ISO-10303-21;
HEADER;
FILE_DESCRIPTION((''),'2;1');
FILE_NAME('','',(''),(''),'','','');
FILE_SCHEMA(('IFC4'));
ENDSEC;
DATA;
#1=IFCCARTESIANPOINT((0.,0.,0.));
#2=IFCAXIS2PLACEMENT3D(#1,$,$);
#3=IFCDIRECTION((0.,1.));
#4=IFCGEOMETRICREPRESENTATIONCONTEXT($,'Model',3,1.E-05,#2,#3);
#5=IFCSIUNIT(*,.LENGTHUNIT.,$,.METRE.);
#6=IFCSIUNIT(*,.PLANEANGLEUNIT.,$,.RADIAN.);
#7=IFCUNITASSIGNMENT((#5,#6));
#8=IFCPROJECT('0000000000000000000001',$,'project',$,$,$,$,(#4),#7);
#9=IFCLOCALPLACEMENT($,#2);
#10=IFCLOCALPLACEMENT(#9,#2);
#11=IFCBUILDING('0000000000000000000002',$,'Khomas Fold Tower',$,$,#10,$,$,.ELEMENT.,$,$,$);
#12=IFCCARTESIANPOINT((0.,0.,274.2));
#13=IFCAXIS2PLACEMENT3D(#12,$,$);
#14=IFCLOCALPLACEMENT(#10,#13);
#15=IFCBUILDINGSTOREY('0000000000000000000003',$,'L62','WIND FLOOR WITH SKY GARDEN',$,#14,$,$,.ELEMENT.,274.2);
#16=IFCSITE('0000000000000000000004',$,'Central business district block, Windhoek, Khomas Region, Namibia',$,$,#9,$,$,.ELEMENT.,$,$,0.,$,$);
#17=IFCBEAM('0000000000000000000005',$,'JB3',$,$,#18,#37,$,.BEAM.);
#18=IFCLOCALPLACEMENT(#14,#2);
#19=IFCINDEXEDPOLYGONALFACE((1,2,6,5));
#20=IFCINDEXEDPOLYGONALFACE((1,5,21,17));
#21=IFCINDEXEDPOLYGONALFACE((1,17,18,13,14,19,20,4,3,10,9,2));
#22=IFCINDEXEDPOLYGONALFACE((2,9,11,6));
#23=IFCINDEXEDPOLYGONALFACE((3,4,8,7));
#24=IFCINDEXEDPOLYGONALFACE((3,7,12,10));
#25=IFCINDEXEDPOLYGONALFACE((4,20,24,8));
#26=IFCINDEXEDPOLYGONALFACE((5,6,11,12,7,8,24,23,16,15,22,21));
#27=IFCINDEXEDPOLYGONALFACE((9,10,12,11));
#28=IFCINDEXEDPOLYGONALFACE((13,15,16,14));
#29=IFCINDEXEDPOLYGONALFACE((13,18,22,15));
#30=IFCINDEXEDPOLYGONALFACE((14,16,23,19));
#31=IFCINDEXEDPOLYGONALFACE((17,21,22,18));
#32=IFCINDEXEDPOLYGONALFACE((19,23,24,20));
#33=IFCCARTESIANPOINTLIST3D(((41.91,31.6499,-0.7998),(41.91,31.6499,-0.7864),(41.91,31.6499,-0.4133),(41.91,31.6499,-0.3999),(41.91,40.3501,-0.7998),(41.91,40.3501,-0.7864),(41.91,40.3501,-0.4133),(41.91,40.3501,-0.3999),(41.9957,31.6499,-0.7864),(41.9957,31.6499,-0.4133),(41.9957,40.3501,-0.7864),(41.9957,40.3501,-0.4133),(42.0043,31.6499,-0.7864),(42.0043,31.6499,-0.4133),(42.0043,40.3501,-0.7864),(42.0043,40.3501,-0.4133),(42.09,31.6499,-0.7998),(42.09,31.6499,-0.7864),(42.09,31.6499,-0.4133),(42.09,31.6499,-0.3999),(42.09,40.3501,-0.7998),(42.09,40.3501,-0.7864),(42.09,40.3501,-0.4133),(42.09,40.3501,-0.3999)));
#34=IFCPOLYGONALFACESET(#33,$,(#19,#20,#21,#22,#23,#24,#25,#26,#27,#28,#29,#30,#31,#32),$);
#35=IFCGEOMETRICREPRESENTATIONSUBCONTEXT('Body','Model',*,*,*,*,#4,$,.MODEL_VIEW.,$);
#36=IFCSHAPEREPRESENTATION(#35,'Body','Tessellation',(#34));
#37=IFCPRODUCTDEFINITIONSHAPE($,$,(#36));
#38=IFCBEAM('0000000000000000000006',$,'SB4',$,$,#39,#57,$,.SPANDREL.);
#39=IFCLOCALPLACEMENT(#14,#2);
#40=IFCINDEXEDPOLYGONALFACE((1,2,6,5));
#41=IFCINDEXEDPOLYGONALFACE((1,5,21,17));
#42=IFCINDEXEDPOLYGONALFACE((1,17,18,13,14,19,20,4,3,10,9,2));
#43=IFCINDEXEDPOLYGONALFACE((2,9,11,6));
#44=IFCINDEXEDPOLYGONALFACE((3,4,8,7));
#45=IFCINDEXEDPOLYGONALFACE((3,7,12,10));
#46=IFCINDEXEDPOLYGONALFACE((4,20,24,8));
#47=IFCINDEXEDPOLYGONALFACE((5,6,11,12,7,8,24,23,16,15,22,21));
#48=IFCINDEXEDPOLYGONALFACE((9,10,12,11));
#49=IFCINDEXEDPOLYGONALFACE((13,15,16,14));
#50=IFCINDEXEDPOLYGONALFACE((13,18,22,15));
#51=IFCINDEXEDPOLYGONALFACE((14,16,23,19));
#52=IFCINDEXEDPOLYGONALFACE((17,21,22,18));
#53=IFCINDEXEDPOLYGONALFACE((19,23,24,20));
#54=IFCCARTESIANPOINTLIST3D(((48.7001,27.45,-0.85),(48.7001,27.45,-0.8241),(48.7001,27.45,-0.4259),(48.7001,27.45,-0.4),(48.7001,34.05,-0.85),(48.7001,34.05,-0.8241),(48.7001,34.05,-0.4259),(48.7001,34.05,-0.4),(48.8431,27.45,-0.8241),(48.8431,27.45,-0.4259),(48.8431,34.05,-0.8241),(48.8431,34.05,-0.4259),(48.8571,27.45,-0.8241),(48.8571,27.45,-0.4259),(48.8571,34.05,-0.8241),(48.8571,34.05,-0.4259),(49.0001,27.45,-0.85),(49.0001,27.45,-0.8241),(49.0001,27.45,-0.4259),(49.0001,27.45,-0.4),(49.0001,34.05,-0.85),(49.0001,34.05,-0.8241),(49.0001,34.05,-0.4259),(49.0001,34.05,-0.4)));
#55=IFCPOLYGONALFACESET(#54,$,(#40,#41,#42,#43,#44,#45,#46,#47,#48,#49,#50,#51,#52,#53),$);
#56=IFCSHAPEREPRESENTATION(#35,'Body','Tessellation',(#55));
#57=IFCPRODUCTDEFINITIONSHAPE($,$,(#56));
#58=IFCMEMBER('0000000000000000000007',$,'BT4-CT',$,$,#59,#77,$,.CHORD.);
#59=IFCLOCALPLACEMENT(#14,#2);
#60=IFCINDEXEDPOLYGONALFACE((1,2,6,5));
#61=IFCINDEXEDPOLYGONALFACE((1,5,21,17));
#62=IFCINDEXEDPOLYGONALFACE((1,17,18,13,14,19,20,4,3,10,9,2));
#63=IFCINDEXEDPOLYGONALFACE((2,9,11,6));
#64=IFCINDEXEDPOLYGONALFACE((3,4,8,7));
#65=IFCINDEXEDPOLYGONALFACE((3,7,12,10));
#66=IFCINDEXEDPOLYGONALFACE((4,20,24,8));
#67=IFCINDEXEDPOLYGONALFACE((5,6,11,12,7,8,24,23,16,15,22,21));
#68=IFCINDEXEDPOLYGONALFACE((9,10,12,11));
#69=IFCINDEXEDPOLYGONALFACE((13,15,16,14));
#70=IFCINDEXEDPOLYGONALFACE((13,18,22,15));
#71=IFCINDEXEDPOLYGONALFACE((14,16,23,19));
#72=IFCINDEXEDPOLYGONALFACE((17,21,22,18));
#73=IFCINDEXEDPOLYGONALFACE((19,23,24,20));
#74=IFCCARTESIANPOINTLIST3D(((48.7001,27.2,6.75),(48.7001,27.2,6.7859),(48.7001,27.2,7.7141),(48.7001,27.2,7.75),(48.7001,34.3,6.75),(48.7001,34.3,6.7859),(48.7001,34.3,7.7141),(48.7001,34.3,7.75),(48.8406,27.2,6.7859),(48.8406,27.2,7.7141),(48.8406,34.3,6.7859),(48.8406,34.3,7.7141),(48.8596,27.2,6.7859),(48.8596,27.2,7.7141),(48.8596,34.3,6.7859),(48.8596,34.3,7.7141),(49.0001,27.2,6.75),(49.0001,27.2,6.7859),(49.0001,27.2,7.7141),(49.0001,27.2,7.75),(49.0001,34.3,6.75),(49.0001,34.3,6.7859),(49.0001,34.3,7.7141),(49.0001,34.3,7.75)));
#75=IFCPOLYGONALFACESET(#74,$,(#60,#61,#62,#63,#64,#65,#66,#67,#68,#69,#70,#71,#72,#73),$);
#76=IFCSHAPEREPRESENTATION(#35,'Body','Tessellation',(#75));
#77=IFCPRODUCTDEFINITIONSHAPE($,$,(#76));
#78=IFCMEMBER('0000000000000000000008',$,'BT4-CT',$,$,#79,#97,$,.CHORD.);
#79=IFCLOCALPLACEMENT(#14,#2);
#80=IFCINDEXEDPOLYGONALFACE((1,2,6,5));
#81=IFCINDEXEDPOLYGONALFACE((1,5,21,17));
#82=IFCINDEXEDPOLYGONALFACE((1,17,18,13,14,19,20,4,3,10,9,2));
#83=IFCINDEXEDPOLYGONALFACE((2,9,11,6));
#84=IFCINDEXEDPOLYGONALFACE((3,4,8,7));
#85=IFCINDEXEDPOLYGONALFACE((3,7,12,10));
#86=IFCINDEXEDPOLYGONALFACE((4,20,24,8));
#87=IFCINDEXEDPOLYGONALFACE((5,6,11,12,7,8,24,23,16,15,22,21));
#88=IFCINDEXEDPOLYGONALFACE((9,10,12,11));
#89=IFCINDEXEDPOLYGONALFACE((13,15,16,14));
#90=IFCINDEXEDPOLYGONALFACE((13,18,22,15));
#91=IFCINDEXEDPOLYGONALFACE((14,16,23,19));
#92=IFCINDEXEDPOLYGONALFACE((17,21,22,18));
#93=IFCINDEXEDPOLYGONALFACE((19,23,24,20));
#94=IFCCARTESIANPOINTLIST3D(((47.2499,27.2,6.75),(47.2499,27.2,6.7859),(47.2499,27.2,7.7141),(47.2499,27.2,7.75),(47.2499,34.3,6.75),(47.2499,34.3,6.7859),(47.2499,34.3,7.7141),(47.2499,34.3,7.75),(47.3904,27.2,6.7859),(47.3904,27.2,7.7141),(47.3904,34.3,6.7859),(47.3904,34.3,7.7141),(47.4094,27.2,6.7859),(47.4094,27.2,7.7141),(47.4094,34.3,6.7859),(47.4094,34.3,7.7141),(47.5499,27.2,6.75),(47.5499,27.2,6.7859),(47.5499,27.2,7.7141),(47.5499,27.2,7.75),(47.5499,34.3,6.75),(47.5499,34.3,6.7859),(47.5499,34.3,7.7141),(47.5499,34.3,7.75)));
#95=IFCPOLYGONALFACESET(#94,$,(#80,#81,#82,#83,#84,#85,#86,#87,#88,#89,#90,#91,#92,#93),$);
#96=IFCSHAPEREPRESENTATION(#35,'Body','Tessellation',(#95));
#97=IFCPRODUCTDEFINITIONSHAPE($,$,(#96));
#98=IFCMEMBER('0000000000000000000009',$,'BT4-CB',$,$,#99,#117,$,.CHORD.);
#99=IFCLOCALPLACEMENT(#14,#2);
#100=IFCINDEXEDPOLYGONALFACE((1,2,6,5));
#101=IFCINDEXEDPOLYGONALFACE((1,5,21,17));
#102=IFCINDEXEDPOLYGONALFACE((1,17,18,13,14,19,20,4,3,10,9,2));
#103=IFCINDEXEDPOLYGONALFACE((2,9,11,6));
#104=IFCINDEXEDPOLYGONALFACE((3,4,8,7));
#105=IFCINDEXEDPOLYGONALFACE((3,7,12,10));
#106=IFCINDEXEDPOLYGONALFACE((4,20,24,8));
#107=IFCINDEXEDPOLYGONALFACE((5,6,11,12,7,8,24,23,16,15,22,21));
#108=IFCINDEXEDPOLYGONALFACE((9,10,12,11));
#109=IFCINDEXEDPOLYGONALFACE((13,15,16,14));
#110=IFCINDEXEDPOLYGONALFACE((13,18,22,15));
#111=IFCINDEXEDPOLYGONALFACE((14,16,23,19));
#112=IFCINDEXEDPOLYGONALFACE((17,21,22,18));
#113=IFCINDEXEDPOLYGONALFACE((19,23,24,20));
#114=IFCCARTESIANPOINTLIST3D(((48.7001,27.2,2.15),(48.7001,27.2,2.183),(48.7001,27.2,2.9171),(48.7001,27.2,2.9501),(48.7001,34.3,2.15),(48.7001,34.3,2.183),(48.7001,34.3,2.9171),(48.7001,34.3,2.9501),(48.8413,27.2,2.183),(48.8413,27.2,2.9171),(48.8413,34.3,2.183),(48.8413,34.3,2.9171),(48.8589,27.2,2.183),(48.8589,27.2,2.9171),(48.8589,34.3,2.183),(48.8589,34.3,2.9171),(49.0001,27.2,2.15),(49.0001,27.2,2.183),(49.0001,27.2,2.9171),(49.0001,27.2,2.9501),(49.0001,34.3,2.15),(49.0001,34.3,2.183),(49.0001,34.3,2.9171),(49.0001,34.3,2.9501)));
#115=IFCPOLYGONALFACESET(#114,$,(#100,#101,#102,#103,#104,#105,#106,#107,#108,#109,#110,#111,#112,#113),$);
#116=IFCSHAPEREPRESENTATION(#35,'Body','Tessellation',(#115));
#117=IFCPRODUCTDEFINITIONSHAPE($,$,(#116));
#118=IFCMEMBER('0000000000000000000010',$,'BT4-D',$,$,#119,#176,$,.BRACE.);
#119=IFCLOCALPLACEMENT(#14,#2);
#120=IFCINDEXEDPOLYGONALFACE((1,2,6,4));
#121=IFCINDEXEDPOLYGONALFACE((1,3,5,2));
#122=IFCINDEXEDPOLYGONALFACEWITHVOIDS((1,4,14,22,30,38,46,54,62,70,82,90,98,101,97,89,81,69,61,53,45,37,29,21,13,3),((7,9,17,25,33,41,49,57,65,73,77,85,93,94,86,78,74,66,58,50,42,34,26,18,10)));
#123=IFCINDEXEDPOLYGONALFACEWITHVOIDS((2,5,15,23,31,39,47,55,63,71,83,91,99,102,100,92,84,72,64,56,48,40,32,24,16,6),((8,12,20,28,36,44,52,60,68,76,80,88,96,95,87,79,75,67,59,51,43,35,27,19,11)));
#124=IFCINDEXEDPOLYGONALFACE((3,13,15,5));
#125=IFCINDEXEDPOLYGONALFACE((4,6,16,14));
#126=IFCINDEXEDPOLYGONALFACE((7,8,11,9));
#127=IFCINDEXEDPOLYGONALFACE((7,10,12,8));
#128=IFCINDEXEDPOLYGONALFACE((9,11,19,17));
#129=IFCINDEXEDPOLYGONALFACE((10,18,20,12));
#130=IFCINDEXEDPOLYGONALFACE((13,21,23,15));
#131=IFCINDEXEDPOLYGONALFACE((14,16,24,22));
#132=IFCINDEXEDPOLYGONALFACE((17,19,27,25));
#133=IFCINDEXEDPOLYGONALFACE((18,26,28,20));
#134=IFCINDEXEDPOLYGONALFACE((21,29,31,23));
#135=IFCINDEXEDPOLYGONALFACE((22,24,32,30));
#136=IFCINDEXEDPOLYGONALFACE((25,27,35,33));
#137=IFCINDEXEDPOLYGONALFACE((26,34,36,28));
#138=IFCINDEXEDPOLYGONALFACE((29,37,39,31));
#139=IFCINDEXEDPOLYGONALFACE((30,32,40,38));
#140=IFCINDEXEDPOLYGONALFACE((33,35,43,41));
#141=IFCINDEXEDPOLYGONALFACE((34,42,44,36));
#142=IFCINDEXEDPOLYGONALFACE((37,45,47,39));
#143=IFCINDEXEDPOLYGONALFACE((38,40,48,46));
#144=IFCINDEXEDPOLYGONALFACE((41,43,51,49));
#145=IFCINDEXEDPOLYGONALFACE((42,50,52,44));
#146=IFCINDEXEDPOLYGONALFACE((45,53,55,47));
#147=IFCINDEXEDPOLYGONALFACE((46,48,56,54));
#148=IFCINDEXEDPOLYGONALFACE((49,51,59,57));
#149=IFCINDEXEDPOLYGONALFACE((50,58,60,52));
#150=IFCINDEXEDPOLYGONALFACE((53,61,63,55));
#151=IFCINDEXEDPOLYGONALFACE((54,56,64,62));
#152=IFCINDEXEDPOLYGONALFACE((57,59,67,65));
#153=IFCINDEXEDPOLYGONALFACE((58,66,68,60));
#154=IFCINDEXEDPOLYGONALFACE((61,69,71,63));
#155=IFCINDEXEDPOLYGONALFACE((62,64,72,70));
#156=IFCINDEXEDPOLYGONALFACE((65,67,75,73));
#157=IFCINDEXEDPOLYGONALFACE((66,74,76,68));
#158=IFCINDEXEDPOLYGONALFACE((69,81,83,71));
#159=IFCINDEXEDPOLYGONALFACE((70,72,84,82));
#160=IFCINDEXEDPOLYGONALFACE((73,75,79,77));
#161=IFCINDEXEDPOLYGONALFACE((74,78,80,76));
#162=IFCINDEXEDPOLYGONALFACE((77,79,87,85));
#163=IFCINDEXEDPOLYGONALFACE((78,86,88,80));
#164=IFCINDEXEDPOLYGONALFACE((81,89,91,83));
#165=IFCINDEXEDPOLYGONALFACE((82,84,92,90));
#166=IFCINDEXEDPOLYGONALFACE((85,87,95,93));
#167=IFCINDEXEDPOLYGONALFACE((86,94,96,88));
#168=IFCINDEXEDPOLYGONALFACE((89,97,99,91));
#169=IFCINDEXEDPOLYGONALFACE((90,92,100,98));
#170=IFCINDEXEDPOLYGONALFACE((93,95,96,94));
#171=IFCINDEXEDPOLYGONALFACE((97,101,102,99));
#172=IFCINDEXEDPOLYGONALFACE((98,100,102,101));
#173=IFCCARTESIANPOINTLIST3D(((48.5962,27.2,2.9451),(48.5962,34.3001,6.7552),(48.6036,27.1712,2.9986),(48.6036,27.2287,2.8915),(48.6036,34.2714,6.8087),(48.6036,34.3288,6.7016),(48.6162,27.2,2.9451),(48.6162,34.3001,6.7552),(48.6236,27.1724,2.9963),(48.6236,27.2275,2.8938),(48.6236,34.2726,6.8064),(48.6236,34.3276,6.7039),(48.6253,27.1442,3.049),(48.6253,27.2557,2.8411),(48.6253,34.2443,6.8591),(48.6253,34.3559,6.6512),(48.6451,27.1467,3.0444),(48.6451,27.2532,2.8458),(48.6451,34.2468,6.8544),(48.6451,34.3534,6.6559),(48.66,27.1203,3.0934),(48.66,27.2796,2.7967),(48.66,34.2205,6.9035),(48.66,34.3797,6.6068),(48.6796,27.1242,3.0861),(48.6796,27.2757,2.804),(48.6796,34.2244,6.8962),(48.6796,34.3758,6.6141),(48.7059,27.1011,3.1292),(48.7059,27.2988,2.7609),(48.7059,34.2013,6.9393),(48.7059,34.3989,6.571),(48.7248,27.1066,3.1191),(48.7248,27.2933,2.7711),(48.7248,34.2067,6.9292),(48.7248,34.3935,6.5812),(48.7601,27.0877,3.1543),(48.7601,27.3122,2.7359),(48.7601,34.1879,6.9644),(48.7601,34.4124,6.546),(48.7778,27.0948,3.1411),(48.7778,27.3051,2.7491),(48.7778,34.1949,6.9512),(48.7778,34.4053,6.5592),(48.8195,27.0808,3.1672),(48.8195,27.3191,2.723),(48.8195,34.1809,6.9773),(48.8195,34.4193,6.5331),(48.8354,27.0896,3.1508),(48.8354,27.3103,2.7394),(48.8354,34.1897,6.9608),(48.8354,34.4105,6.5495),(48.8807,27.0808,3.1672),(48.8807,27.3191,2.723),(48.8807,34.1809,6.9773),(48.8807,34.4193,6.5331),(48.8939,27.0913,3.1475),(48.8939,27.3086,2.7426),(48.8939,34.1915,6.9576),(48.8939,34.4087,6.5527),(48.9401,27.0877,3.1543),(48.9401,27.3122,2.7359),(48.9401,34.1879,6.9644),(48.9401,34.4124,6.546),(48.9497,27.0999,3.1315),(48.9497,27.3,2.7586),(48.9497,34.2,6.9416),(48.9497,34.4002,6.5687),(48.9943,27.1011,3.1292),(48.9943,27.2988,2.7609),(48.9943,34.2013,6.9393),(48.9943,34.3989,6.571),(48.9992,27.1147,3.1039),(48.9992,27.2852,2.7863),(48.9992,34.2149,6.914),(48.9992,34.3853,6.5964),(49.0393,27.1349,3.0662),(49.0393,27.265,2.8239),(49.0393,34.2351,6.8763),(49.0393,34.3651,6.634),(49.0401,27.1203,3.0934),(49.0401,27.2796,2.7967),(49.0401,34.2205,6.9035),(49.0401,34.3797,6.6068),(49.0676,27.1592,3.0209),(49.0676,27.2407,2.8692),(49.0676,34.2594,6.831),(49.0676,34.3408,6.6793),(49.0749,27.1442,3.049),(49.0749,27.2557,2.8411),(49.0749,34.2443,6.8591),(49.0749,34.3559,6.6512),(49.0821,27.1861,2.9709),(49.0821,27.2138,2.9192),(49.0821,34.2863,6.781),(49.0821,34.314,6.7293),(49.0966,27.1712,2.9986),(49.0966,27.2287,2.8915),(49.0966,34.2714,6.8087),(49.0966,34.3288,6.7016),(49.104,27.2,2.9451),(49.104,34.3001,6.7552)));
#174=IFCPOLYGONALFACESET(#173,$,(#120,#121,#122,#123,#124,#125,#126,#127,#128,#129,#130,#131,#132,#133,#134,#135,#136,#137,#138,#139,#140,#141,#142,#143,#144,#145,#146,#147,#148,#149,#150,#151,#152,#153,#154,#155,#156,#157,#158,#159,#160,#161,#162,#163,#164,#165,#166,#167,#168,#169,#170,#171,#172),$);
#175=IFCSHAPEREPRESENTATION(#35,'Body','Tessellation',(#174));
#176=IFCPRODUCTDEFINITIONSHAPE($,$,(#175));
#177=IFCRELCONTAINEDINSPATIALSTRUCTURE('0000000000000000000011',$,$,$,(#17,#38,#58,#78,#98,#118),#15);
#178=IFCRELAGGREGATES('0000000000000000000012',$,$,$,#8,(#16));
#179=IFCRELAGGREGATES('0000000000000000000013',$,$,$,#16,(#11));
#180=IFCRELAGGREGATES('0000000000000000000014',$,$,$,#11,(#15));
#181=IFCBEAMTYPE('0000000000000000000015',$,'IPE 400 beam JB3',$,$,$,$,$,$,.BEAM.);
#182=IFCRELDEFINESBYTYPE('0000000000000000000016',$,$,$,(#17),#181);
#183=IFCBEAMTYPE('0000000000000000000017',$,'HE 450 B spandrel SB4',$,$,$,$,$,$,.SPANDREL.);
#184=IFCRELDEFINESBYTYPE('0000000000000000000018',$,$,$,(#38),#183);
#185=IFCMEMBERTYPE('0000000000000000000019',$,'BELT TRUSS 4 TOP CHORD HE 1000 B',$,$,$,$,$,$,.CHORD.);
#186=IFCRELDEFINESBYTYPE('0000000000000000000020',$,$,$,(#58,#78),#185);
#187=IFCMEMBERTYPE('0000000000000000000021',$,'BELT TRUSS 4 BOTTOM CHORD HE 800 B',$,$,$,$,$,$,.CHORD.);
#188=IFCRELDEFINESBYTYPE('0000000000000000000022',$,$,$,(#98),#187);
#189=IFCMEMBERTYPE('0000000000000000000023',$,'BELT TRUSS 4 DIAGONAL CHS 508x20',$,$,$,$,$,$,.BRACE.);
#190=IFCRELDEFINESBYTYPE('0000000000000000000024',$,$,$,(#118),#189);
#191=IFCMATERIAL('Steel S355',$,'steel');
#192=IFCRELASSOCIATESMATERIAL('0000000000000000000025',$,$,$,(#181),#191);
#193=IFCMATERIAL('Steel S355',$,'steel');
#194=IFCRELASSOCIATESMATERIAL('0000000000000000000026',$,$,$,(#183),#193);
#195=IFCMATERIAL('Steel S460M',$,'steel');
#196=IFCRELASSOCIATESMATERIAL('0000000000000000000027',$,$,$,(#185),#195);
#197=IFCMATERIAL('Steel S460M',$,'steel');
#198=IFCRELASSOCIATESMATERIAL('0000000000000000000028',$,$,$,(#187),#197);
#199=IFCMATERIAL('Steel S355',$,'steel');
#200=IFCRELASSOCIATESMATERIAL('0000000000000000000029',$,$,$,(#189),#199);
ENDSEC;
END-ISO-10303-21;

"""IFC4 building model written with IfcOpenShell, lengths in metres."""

from ifc_helpers import new_model, si_unit, direction, frame, origin, origin_2d, place, context, subcontext, project, spatial, hollow_circle, i_section, extrude, source, transform, mapped, material, material_profile, profile_set, type_object, element, save


model = new_model("IFC4")

# Units and contexts
model_context = context("Model", 3, precision=1e-05, world=origin(), true_north=direction((0.0, 1.0)))
body_context = subcontext(model_context, "Body", "Model", "MODEL_VIEW")
ifc_project = project(units=[si_unit("LENGTHUNIT", "METRE"), si_unit("PLANEANGLEUNIT", "RADIAN")], contexts=[model_context])

# Site, building, storey
site_placement = place(None, origin())
site = spatial("IfcSite", under=ifc_project, at=site_placement, Name="Central business district block, Windhoek, Khomas Region, Namibia", CompositionType="ELEMENT", RefElevation=0.0)
building_placement = place(site_placement, origin())
building = spatial("IfcBuilding", under=site, at=building_placement, Name="Khomas Fold Tower", CompositionType="ELEMENT")
storey_placement = place(building_placement, frame((0.0, 0.0, 274.2)))
storey = spatial("IfcBuildingStorey", under=building, at=storey_placement, Name="L62", Description="WIND FLOOR WITH SKY GARDEN", CompositionType="ELEMENT", Elevation=274.2)

# Beams
ifc_material_1 = material(Name="Steel S355", Category="steel")
ifc_material_profile_1 = material_profile(ifc_material_1, i_section(OverallWidth=0.1799, OverallDepth=0.3999, WebThickness=0.0085, FlangeThickness=0.0134, at=origin_2d()), Name="IPE 400")
ifc_profile_set_1 = profile_set([ifc_material_profile_1], Name="Steel S355")
beam_type_1 = type_object("IfcBeamType", Name="IPE 400 beam JB3", PredefinedType="BEAM", material=ifc_profile_set_1)
shared_shape_1 = source(origin(), body_context, "Body", "SweptSolid", [
    extrude(i_section(OverallWidth=0.1799, OverallDepth=0.3999, WebThickness=0.0085, FlangeThickness=0.0134, at=origin_2d()), origin(), (0.0, 0.0, 1.0), 8.7002),
])
beam_1_placement = place(storey_placement, frame((42.0, 31.6499, -0.5999), z_axis=(0.0, 1.0, 0.0), x_axis=(-1.0, 0.0, 0.0)))
element("IfcBeam", 1, at=beam_1_placement, inside=storey, type_object=beam_type_1, Name="JB3", PredefinedType="BEAM", context=body_context, shape_type="MappedRepresentation", body=[
    mapped(shared_shape_1, transform((0.0, 0.0, 0.0))),
])
ifc_material_2 = material(Name="Steel S355", Category="steel")
ifc_material_profile_2 = material_profile(ifc_material_2, i_section(OverallWidth=0.3, OverallDepth=0.45, WebThickness=0.0139, FlangeThickness=0.0259, at=origin_2d()), Name="HE 450 B")
ifc_profile_set_2 = profile_set([ifc_material_profile_2], Name="Steel S355")
beam_type_2 = type_object("IfcBeamType", Name="HE 450 B spandrel SB4", PredefinedType="SPANDREL", material=ifc_profile_set_2)
shared_shape_2 = source(origin(), body_context, "Body", "SweptSolid", [
    extrude(i_section(OverallWidth=0.3, OverallDepth=0.45, WebThickness=0.0139, FlangeThickness=0.0259, at=origin_2d()), origin(), (0.0, 0.0, 1.0), 6.6001),
])
beam_2_placement = place(storey_placement, frame((48.8501, 27.45, -0.625), z_axis=(0.0, 1.0, 0.0), x_axis=(-1.0, 0.0, 0.0)))
element("IfcBeam", 2, at=beam_2_placement, inside=storey, type_object=beam_type_2, Name="SB4", PredefinedType="SPANDREL", context=body_context, shape_type="MappedRepresentation", body=[
    mapped(shared_shape_2, transform((0.0, 0.0, 0.0))),
])

# Members
ifc_material_3 = material(Name="Steel S460M", Category="steel")
ifc_material_profile_3 = material_profile(ifc_material_3, i_section(OverallWidth=0.3, OverallDepth=1.0, WebThickness=0.019, FlangeThickness=0.0359, at=origin_2d()), Name="HE 1000 B")
ifc_profile_set_3 = profile_set([ifc_material_profile_3], Name="Steel S460M")
member_type_1 = type_object("IfcMemberType", Name="BELT TRUSS 4 TOP CHORD HE 1000 B", PredefinedType="CHORD", material=ifc_profile_set_3)
shared_shape_3 = source(origin(), body_context, "Body", "SweptSolid", [
    extrude(i_section(OverallWidth=0.3, OverallDepth=1.0, WebThickness=0.019, FlangeThickness=0.0359, at=origin_2d()), origin(), (0.0, 0.0, 1.0), 7.1001),
])
for number, where, z_axis, x_axis, name in (
    (3, (48.8501, 27.2, 7.25), (0.0, 1.0, 0.0), (-1.0, 0.0, 0.0), "BT4-CT"),
    (4, (47.3999, 27.2, 7.25), (0.0, 1.0, 0.0), (-1.0, 0.0, 0.0), "BT4-CT"),
):
    element("IfcMember", number, at=place(storey_placement, frame(where, z_axis=z_axis, x_axis=x_axis)), inside=storey, type_object=member_type_1, Name=name, PredefinedType="CHORD", context=body_context, shape_type="MappedRepresentation", body=[
        mapped(shared_shape_3, transform((0.0, 0.0, 0.0))),
    ])
ifc_material_4 = material(Name="Steel S460M", Category="steel")
ifc_material_profile_4 = material_profile(ifc_material_4, i_section(OverallWidth=0.3, OverallDepth=0.8, WebThickness=0.0176, FlangeThickness=0.033, at=origin_2d()), Name="HE 800 B")
ifc_profile_set_4 = profile_set([ifc_material_profile_4], Name="Steel S460M")
member_type_2 = type_object("IfcMemberType", Name="BELT TRUSS 4 BOTTOM CHORD HE 800 B", PredefinedType="CHORD", material=ifc_profile_set_4)
shared_shape_4 = source(origin(), body_context, "Body", "SweptSolid", [
    extrude(i_section(OverallWidth=0.3, OverallDepth=0.8, WebThickness=0.0176, FlangeThickness=0.033, at=origin_2d()), origin(), (0.0, 0.0, 1.0), 7.1001),
])
member_1_placement = place(storey_placement, frame((48.8501, 27.2, 2.55), z_axis=(0.0, 1.0, 0.0), x_axis=(-1.0, 0.0, 0.0)))
element("IfcMember", 5, at=member_1_placement, inside=storey, type_object=member_type_2, Name="BT4-CB", PredefinedType="CHORD", context=body_context, shape_type="MappedRepresentation", body=[
    mapped(shared_shape_4, transform((0.0, 0.0, 0.0))),
])
ifc_material_5 = material(Name="Steel S355", Category="steel")
ifc_material_profile_5 = material_profile(ifc_material_5, hollow_circle(Radius=0.2539, WallThickness=0.02, at=origin_2d()), Name="CHS 508x20")
ifc_profile_set_5 = profile_set([ifc_material_profile_5], Name="Steel S355")
member_type_3 = type_object("IfcMemberType", Name="BELT TRUSS 4 DIAGONAL CHS 508x20", PredefinedType="BRACE", material=ifc_profile_set_5)
shared_shape_5 = source(origin(), body_context, "Body", "SweptSolid", [
    extrude(hollow_circle(Radius=0.2539, WallThickness=0.02, at=origin_2d()), origin(), (0.0, 0.0, 1.0), 8.0579),
])
for number, where, z_axis, x_axis, name in (
    (6, (48.8501, 27.2, 2.9451), (0.0, 0.881147, 0.472842), (-1.0, 0.0, 0.0), "BT4-D"),
):
    element("IfcMember", number, at=place(storey_placement, frame(where, z_axis=z_axis, x_axis=x_axis)), inside=storey, type_object=member_type_3, Name=name, PredefinedType="BRACE", context=body_context, shape_type="MappedRepresentation", body=[
        mapped(shared_shape_5, transform((0.0, 0.0, 0.0))),
    ])

save(model, "model.ifc")
